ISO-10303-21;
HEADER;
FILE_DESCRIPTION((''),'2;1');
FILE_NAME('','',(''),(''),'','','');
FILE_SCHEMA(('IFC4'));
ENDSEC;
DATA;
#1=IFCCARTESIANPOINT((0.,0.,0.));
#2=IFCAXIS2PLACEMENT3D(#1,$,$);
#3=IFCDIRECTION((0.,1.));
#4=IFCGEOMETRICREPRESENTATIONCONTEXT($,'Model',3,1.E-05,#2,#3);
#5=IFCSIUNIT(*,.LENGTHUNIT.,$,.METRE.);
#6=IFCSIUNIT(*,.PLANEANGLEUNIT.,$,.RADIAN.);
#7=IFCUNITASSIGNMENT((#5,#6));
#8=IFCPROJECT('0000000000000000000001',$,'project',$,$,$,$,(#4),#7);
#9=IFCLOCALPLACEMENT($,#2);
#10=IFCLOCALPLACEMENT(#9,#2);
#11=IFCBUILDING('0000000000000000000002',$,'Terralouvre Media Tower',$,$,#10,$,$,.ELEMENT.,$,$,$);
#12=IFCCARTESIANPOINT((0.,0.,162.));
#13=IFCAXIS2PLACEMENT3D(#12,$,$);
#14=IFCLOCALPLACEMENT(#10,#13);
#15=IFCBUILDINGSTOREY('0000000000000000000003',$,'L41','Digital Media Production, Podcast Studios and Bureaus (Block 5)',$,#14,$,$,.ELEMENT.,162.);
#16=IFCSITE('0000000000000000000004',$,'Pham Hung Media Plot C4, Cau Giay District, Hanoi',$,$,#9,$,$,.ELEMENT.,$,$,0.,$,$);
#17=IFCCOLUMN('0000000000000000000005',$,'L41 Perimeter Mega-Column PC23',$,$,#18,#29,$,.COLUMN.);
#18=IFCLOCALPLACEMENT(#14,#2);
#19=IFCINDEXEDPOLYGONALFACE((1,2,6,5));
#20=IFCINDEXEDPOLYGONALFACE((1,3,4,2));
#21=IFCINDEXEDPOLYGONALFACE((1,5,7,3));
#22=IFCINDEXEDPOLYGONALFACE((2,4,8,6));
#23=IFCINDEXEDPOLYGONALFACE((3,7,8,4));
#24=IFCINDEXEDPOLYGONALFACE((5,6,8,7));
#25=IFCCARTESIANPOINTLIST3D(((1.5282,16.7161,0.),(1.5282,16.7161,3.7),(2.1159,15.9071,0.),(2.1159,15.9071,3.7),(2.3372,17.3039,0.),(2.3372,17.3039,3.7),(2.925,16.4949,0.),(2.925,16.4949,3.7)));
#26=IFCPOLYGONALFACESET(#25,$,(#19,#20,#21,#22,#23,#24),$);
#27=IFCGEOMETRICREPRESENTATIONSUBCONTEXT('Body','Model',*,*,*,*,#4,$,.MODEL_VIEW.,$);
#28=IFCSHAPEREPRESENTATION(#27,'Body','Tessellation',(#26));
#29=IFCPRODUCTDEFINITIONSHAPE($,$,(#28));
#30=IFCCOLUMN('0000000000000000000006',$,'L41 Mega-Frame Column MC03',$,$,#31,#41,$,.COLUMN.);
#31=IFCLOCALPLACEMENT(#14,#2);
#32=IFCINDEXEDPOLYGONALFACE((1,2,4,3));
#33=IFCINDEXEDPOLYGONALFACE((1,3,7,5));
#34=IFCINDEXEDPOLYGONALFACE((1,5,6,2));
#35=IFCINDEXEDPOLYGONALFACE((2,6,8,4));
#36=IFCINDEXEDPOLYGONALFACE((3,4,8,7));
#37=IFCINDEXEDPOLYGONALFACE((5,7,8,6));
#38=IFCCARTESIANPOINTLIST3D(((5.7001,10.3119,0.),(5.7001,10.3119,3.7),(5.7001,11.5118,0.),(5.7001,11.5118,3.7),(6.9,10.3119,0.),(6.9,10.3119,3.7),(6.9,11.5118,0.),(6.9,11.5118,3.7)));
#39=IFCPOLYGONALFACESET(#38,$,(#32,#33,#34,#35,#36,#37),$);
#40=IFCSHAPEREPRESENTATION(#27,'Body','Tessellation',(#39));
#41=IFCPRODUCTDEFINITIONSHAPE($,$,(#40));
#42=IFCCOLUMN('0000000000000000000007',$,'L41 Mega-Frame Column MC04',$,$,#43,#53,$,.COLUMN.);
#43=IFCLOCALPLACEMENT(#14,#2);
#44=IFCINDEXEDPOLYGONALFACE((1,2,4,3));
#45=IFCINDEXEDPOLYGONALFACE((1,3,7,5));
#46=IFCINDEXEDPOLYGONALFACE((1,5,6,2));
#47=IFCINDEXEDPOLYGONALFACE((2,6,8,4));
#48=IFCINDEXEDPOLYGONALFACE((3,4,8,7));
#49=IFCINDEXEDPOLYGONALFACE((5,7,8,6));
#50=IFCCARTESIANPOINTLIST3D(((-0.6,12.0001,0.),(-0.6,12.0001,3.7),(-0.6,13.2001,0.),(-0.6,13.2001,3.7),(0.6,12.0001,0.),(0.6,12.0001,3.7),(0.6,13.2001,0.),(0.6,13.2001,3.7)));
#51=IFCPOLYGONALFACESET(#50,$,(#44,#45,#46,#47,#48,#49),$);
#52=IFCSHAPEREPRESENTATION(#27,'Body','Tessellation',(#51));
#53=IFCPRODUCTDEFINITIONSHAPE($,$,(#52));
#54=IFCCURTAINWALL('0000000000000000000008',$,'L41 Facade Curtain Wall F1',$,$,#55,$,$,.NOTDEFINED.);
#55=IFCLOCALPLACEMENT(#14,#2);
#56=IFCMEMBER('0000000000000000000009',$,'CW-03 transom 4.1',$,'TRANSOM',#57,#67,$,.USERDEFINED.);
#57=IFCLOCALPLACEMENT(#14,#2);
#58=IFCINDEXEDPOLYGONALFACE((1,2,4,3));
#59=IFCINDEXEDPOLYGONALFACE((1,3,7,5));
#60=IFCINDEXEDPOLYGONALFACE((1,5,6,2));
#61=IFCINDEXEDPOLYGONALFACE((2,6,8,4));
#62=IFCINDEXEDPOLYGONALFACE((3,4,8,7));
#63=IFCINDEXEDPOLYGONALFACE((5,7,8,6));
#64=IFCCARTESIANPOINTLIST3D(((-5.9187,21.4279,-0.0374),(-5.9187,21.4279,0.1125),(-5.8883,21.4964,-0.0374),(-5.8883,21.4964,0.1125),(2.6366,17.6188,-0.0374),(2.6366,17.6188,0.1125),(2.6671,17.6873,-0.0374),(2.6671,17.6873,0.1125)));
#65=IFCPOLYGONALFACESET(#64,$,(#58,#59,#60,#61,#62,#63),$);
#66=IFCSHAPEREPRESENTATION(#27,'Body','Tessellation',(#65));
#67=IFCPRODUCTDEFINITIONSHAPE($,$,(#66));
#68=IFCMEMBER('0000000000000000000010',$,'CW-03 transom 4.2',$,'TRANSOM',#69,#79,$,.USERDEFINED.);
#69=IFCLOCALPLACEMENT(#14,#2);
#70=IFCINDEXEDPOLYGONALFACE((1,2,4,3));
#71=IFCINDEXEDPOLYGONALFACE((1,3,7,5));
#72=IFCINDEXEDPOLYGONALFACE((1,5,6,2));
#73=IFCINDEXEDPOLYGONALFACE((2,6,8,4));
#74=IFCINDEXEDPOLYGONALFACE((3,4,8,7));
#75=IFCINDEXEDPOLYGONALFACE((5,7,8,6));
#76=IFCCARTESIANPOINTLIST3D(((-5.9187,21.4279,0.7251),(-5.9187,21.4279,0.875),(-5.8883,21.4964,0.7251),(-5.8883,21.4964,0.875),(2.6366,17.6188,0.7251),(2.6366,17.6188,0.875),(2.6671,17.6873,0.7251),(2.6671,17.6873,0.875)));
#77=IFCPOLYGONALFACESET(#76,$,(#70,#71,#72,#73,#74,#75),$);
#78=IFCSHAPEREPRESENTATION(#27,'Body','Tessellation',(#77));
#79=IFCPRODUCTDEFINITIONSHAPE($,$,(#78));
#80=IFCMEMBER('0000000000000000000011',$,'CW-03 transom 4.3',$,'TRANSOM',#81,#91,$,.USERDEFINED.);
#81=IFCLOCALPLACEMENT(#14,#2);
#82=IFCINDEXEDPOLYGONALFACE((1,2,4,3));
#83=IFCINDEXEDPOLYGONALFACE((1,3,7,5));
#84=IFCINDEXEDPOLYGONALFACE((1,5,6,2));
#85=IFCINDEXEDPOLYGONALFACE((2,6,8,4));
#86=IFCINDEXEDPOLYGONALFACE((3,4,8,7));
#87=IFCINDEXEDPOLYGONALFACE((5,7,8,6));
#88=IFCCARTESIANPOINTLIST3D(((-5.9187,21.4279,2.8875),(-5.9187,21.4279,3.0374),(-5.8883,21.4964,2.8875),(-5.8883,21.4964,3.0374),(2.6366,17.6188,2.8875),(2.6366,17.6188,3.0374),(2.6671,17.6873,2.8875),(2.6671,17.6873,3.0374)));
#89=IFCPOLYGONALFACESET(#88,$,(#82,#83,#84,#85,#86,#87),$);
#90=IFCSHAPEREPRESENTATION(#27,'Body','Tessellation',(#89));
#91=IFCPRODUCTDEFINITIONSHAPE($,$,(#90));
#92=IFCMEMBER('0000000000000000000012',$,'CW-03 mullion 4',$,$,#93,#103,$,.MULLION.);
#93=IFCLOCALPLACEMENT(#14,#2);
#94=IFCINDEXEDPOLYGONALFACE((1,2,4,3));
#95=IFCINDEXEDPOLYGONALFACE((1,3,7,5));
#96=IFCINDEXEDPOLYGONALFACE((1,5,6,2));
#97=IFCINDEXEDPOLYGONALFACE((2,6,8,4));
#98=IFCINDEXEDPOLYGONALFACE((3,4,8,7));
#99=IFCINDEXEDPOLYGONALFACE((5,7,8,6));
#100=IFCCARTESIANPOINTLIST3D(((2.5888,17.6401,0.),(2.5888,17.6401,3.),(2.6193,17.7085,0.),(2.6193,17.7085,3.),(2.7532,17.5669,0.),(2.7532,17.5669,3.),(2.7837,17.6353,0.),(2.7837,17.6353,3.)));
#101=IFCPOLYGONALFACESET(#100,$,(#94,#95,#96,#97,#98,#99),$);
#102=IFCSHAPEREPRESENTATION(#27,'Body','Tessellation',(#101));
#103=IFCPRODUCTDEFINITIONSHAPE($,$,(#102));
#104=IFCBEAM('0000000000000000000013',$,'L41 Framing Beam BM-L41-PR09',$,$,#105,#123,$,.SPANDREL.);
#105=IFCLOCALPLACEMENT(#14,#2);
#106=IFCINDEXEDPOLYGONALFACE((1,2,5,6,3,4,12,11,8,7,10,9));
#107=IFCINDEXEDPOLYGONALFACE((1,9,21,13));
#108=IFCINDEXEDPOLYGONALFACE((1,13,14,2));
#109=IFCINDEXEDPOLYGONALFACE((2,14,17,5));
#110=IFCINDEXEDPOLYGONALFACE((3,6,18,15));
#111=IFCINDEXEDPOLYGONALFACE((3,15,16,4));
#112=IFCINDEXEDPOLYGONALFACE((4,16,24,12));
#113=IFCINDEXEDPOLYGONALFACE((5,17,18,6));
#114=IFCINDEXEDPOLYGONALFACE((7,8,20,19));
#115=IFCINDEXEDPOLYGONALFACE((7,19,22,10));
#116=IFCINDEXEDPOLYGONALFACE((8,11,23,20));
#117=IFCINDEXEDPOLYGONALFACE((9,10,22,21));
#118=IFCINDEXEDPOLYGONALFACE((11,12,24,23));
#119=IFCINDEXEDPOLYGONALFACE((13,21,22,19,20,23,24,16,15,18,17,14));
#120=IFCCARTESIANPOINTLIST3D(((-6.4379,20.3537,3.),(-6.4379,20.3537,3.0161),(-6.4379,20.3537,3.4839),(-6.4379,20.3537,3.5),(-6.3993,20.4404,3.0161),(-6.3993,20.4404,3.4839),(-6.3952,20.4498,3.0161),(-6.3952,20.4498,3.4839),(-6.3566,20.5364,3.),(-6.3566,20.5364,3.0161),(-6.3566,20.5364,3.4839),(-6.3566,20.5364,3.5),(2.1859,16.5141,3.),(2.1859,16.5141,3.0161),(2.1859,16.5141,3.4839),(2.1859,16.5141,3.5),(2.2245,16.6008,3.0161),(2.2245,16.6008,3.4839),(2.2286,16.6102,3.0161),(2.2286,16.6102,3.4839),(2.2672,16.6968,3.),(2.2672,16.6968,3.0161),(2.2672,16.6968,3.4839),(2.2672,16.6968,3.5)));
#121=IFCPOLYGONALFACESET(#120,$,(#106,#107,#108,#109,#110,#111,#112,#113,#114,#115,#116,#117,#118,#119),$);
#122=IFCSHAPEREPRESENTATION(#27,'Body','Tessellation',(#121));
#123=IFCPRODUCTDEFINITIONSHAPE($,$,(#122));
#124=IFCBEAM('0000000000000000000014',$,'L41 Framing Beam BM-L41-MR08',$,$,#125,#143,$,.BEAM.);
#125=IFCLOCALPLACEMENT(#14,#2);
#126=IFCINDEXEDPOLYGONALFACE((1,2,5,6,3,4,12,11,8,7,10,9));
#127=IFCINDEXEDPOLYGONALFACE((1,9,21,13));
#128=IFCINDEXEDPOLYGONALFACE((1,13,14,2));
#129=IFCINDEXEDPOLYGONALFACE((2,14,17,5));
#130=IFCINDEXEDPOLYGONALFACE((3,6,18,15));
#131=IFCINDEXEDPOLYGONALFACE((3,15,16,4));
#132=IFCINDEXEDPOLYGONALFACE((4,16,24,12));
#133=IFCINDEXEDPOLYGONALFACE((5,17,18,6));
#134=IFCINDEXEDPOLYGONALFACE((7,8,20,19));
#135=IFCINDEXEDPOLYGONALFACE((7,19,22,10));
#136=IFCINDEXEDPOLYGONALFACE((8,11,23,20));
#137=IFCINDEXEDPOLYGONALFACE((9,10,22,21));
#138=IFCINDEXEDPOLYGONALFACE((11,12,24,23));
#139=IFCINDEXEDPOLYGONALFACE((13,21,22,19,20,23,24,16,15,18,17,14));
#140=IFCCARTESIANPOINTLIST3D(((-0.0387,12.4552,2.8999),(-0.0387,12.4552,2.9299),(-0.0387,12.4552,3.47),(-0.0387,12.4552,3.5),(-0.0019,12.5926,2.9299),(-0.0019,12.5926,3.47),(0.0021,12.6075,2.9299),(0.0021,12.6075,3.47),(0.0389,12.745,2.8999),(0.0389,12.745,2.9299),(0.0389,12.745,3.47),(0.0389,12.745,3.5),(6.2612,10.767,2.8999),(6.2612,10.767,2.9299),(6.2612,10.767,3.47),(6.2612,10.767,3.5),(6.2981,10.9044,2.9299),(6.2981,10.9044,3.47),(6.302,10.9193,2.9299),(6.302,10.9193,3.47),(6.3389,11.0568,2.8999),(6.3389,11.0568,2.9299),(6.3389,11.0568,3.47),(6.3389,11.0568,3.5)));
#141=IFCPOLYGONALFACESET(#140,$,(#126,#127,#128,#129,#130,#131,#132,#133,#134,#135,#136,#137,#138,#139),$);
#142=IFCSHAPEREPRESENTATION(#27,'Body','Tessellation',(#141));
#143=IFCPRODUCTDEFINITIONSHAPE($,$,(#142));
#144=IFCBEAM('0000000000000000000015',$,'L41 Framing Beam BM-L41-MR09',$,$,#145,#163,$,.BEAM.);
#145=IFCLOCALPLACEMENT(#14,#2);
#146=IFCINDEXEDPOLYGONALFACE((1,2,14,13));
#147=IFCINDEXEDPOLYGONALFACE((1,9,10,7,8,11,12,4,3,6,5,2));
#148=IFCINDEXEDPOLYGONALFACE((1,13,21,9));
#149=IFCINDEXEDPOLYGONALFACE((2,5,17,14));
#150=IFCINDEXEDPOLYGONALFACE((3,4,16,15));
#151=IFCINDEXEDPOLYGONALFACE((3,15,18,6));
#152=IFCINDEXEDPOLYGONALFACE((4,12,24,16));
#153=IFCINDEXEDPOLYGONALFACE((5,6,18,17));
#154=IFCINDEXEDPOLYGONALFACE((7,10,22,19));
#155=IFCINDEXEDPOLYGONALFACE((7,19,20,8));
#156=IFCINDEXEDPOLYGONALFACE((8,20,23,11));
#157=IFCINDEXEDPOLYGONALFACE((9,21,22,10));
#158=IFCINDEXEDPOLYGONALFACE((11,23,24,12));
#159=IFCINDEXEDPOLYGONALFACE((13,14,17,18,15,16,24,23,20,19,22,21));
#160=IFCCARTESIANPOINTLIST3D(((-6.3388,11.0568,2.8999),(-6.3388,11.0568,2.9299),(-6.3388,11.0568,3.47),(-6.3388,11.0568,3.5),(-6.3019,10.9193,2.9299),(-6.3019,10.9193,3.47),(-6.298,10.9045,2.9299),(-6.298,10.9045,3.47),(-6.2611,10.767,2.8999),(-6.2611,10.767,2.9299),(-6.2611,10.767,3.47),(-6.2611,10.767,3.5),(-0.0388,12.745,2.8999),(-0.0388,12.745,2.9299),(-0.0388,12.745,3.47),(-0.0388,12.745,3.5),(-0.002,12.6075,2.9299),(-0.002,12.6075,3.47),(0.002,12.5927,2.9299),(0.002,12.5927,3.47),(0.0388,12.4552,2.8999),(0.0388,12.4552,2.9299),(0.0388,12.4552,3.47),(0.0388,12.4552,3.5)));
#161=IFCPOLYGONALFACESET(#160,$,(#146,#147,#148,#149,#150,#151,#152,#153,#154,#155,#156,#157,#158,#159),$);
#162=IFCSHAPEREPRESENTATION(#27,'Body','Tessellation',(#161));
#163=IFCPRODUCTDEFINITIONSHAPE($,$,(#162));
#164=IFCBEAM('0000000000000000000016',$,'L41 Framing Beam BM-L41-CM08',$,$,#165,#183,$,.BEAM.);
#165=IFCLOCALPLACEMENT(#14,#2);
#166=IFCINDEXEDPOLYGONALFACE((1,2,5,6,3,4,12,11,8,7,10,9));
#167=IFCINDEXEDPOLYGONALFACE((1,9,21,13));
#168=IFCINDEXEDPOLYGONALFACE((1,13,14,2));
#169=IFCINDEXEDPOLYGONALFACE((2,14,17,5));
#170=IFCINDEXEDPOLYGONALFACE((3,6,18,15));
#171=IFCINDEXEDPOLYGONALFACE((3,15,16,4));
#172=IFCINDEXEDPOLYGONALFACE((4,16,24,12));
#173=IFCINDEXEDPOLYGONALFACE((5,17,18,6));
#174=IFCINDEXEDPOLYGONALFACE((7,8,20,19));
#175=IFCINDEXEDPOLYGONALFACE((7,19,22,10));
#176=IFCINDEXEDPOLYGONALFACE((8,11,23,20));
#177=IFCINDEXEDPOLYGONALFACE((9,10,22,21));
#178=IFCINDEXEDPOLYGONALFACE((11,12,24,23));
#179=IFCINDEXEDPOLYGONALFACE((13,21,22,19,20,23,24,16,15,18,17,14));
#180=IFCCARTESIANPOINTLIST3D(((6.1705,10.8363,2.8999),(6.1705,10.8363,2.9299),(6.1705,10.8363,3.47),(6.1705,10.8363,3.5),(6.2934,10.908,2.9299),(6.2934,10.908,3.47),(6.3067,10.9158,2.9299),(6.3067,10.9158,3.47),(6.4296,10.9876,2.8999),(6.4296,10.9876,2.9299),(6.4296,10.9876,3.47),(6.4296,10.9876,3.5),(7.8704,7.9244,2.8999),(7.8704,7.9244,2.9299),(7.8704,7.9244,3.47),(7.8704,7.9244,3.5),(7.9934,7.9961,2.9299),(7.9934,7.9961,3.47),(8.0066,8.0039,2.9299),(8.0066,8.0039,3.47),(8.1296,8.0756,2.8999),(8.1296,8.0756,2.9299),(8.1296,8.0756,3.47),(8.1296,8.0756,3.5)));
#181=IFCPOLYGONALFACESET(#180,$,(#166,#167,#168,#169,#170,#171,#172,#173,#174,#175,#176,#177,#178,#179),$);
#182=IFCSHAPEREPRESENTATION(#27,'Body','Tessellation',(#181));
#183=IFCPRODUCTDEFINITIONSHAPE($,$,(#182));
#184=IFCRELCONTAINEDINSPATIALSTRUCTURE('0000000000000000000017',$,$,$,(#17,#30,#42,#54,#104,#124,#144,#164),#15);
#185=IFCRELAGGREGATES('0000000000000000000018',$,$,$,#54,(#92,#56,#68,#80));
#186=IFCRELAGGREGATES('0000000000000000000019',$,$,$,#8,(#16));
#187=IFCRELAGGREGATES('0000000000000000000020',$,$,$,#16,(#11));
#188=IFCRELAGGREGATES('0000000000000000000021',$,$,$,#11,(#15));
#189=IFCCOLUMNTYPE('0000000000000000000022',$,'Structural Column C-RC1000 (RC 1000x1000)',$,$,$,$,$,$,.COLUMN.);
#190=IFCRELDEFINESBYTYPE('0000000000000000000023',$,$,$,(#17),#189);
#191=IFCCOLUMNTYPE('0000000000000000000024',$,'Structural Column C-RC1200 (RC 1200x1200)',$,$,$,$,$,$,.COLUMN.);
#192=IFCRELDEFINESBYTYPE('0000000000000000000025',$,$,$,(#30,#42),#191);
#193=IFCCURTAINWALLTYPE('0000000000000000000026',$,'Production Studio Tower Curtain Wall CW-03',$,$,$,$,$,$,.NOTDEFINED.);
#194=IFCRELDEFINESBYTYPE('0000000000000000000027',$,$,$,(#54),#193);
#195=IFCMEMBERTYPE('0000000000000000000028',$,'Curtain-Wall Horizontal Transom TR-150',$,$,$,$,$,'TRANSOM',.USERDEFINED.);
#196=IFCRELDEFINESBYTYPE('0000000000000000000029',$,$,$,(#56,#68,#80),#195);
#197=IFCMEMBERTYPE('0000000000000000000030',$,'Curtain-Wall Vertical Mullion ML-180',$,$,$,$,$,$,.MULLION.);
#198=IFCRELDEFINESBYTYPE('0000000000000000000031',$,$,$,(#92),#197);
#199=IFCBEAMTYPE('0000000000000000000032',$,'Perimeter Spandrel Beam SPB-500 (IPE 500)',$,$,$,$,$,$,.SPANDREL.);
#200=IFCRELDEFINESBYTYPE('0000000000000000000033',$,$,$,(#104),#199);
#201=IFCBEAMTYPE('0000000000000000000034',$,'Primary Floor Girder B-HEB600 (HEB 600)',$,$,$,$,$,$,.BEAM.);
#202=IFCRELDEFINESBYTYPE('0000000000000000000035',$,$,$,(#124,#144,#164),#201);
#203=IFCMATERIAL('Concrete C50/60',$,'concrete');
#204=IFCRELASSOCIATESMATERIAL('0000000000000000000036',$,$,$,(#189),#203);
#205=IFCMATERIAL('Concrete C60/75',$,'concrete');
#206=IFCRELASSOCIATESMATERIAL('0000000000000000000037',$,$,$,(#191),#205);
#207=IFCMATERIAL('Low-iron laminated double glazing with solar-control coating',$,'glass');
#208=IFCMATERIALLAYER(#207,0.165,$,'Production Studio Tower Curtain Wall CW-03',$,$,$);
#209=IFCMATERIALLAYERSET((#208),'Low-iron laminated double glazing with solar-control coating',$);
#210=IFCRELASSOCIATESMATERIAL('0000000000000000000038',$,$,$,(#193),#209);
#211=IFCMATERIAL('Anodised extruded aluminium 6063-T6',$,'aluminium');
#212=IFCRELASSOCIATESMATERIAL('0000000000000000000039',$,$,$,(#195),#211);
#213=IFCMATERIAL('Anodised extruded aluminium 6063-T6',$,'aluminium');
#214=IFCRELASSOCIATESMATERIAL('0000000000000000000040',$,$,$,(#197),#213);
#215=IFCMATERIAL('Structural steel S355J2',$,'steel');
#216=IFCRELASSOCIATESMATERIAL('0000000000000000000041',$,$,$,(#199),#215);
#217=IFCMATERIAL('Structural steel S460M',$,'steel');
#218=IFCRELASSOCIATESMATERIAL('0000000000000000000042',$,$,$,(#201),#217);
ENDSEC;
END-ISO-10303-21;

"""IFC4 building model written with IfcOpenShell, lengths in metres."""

from ifc_helpers import new_model, si_unit, direction, frame, origin, origin_2d, place, context, subcontext, project, spatial, rectangle, i_section, extrude, material, layer, layer_set, material_profile, profile_set, type_object, element, aggregate, save


model = new_model("IFC4")

# Units and contexts
model_context = context("Model", 3, precision=1e-05, world=origin(), true_north=direction((0.0, 1.0)))
body_context = subcontext(model_context, "Body", "Model", "MODEL_VIEW")
ifc_project = project(units=[si_unit("LENGTHUNIT", "METRE"), si_unit("PLANEANGLEUNIT", "RADIAN")], contexts=[model_context])

# Site, building, storey
site_placement = place(None, origin())
site = spatial("IfcSite", under=ifc_project, at=site_placement, Name="Pham Hung Media Plot C4, Cau Giay District, Hanoi", CompositionType="ELEMENT", RefElevation=0.0)
building_placement = place(site_placement, origin())
building = spatial("IfcBuilding", under=site, at=building_placement, Name="Terralouvre Media Tower", CompositionType="ELEMENT")
storey_placement = place(building_placement, frame((0.0, 0.0, 162.0)))
storey = spatial("IfcBuildingStorey", under=building, at=storey_placement, Name="L41", Description="Digital Media Production, Podcast Studios and Bureaus (Block 5)", CompositionType="ELEMENT", Elevation=162.0)

# Columns
ifc_material_1 = material(Name="Concrete C50/60", Category="concrete")
ifc_material_profile_1 = material_profile(ifc_material_1, rectangle(XDim=1.0, YDim=1.0, at=origin_2d()), Name="RC 1000x1000")
ifc_profile_set_1 = profile_set([ifc_material_profile_1], Name="Concrete C50/60")
column_type_1 = type_object("IfcColumnType", Name="Structural Column C-RC1000 (RC 1000x1000)", PredefinedType="COLUMN", material=ifc_profile_set_1)
column_placement = place(storey_placement, frame((2.2266, 16.6055, 0.0), z_axis=(0.0, 0.0, 1.0), x_axis=(0.809017, 0.587785, 0.0)))
element("IfcColumn", 1, at=column_placement, inside=storey, type_object=column_type_1, Name="L41 Perimeter Mega-Column PC23", PredefinedType="COLUMN", context=body_context, shape_type="SweptSolid", body=[
    extrude(rectangle(XDim=1.0, YDim=1.0, at=origin_2d()), origin(), (0.0, 0.0, 1.0), 3.7),
])
ifc_material_2 = material(Name="Concrete C60/75", Category="concrete")
ifc_material_profile_2 = material_profile(ifc_material_2, rectangle(XDim=1.2, YDim=1.2, at=origin_2d()), Name="RC 1200x1200")
ifc_profile_set_2 = profile_set([ifc_material_profile_2], Name="Concrete C60/75")
column_type_2 = type_object("IfcColumnType", Name="Structural Column C-RC1200 (RC 1200x1200)", PredefinedType="COLUMN", material=ifc_profile_set_2)
for number, where, z_axis, x_axis, name in (
    (2, (6.3, 10.9119, 0.0), (0.0, 0.0, 1.0), (1.0, 0.0, 0.0), "L41 Mega-Frame Column MC03"),
    (3, (0.0, 12.6001, 0.0), (0.0, 0.0, 1.0), (1.0, 0.0, 0.0), "L41 Mega-Frame Column MC04"),
):
    element("IfcColumn", number, at=place(storey_placement, frame(where, z_axis=z_axis, x_axis=x_axis)), inside=storey, type_object=column_type_2, Name=name, PredefinedType="COLUMN", context=body_context, shape_type="SweptSolid", body=[
        extrude(rectangle(XDim=1.2, YDim=1.2, at=origin_2d()), origin(), (0.0, 0.0, 1.0), 3.7),
    ])

# Curtain wall, members
ifc_material_3 = material(Name="Low-iron laminated double glazing with solar-control coating", Category="glass")
ifc_layer_1 = layer(ifc_material_3, 0.165, Name="Production Studio Tower Curtain Wall CW-03")
ifc_layer_set_1 = layer_set([ifc_layer_1], Name="Low-iron laminated double glazing with solar-control coating")
curtain_wall_type = type_object("IfcCurtainWallType", Name="Production Studio Tower Curtain Wall CW-03", PredefinedType="NOTDEFINED", material=ifc_layer_set_1)
curtain_wall_placement = place(storey_placement, origin())
curtain_wall = element("IfcCurtainWall", 4, at=curtain_wall_placement, inside=storey, type_object=curtain_wall_type, Name="L41 Facade Curtain Wall F1", PredefinedType="NOTDEFINED")
ifc_material_4 = material(Name="Anodised extruded aluminium 6063-T6", Category="aluminium")
ifc_material_profile_3 = material_profile(ifc_material_4, rectangle(XDim=0.075, YDim=0.1499, at=origin_2d()), Name="ALU 75x150")
ifc_profile_set_3 = profile_set([ifc_material_profile_3], Name="Anodised extruded aluminium 6063-T6")
member_type_1 = type_object("IfcMemberType", Name="Curtain-Wall Horizontal Transom TR-150", ElementType="TRANSOM", PredefinedType="USERDEFINED", material=ifc_profile_set_3)
member_1_placement = place(storey_placement, frame((2.6519, 17.6531, 0.0376), z_axis=(-0.913547, 0.406733, 0.0), x_axis=(-0.406733, -0.913547, 0.0)))
member_1 = element("IfcMember", 5, at=member_1_placement, type_object=member_type_1, Name="CW-03 transom 4.1", ObjectType="TRANSOM", PredefinedType="USERDEFINED", context=body_context, shape_type="SweptSolid", body=[
    extrude(rectangle(XDim=0.075, YDim=0.1499, at=origin_2d()), origin(), (0.0, 0.0, 1.0), 9.365),
])
member_2_placement = place(storey_placement, frame((2.6519, 17.6531, 0.8), z_axis=(-0.913547, 0.406733, 0.0), x_axis=(-0.406733, -0.913547, 0.0)))
member_2 = element("IfcMember", 6, at=member_2_placement, type_object=member_type_1, Name="CW-03 transom 4.2", ObjectType="TRANSOM", PredefinedType="USERDEFINED", context=body_context, shape_type="SweptSolid", body=[
    extrude(rectangle(XDim=0.075, YDim=0.1499, at=origin_2d()), origin(), (0.0, 0.0, 1.0), 9.365),
])
member_3_placement = place(storey_placement, frame((2.6519, 17.6531, 2.9624), z_axis=(-0.913547, 0.406733, 0.0), x_axis=(-0.406733, -0.913547, 0.0)))
member_3 = element("IfcMember", 7, at=member_3_placement, type_object=member_type_1, Name="CW-03 transom 4.3", ObjectType="TRANSOM", PredefinedType="USERDEFINED", context=body_context, shape_type="SweptSolid", body=[
    extrude(rectangle(XDim=0.075, YDim=0.1499, at=origin_2d()), origin(), (0.0, 0.0, 1.0), 9.365),
])
ifc_material_5 = material(Name="Anodised extruded aluminium 6063-T6", Category="aluminium")
ifc_material_profile_4 = material_profile(ifc_material_5, rectangle(XDim=0.075, YDim=0.1799, at=origin_2d()), Name="ALU 75x180")
ifc_profile_set_4 = profile_set([ifc_material_profile_4], Name="Anodised extruded aluminium 6063-T6")
member_type_2 = type_object("IfcMemberType", Name="Curtain-Wall Vertical Mullion ML-180", PredefinedType="MULLION", material=ifc_profile_set_4)
member_4_placement = place(storey_placement, frame((2.6863, 17.6377, 0.0), z_axis=(0.0, 0.0, 1.0), x_axis=(-0.406737, -0.913545, 0.0)))
member_4 = element("IfcMember", 8, at=member_4_placement, type_object=member_type_2, Name="CW-03 mullion 4", PredefinedType="MULLION", context=body_context, shape_type="SweptSolid", body=[
    extrude(rectangle(XDim=0.075, YDim=0.1799, at=origin_2d()), origin(), (0.0, 0.0, 1.0), 3.0),
])

# Beams
ifc_material_6 = material(Name="Structural steel S355J2", Category="steel")
ifc_material_profile_5 = material_profile(ifc_material_6, i_section(OverallWidth=0.2, OverallDepth=0.5, WebThickness=0.0103, FlangeThickness=0.0161, at=origin_2d()), Name="IPE 500")
ifc_profile_set_5 = profile_set([ifc_material_profile_5], Name="Structural steel S355J2")
beam_type_1 = type_object("IfcBeamType", Name="Perimeter Spandrel Beam SPB-500 (IPE 500)", PredefinedType="SPANDREL", material=ifc_profile_set_5)
beam_1_placement = place(storey_placement, frame((2.2266, 16.6055, 3.25), z_axis=(-0.913544, 0.406741, 0.0), x_axis=(-0.406741, -0.913544, 0.0)))
element("IfcBeam", 9, at=beam_1_placement, inside=storey, type_object=beam_type_1, Name="L41 Framing Beam BM-L41-PR09", PredefinedType="SPANDREL", context=body_context, shape_type="SweptSolid", body=[
    extrude(i_section(OverallWidth=0.2, OverallDepth=0.5, WebThickness=0.0103, FlangeThickness=0.0161, at=origin_2d()), origin(), (0.0, 0.0, 1.0), 9.4399),
])
ifc_material_7 = material(Name="Structural steel S460M", Category="steel")
ifc_material_profile_6 = material_profile(ifc_material_7, i_section(OverallWidth=0.3, OverallDepth=0.6001, WebThickness=0.0154, FlangeThickness=0.03, at=origin_2d()), Name="HEB 600")
ifc_profile_set_6 = profile_set([ifc_material_profile_6], Name="Structural steel S460M")
beam_type_2 = type_object("IfcBeamType", Name="Primary Floor Girder B-HEB600 (HEB 600)", PredefinedType="BEAM", material=ifc_profile_set_6)
for number, where, z_axis, x_axis, name in (
    (10, (6.3, 10.9119, 3.2), (-0.96592, 0.258839, 0.0), (-0.258839, -0.96592, 0.0), "L41 Framing Beam BM-L41-MR08"),
    (11, (0.0, 12.6001, 3.2), (-0.96592, -0.258839, 0.0), (0.258839, -0.96592, 0.0), "L41 Framing Beam BM-L41-MR09"),
):
    element("IfcBeam", number, at=place(storey_placement, frame(where, z_axis=z_axis, x_axis=x_axis)), inside=storey, type_object=beam_type_2, Name=name, PredefinedType="BEAM", context=body_context, shape_type="SweptSolid", body=[
        extrude(i_section(OverallWidth=0.3, OverallDepth=0.6001, WebThickness=0.0154, FlangeThickness=0.03, at=origin_2d()), origin(), (0.0, 0.0, 1.0), 6.5222),
    ])
beam_2_placement = place(storey_placement, frame((8.0, 8.0, 3.2), z_axis=(-0.504173, 0.863603, 0.0), x_axis=(-0.863603, -0.504173, 0.0)))
element("IfcBeam", 12, at=beam_2_placement, inside=storey, type_object=beam_type_2, Name="L41 Framing Beam BM-L41-CM08", PredefinedType="BEAM", context=body_context, shape_type="SweptSolid", body=[
    extrude(i_section(OverallWidth=0.3, OverallDepth=0.6001, WebThickness=0.0154, FlangeThickness=0.03, at=origin_2d()), origin(), (0.0, 0.0, 1.0), 3.3718),
])

aggregate(curtain_wall, [member_4, member_1, member_2, member_3])

save(model, "model.ifc")
